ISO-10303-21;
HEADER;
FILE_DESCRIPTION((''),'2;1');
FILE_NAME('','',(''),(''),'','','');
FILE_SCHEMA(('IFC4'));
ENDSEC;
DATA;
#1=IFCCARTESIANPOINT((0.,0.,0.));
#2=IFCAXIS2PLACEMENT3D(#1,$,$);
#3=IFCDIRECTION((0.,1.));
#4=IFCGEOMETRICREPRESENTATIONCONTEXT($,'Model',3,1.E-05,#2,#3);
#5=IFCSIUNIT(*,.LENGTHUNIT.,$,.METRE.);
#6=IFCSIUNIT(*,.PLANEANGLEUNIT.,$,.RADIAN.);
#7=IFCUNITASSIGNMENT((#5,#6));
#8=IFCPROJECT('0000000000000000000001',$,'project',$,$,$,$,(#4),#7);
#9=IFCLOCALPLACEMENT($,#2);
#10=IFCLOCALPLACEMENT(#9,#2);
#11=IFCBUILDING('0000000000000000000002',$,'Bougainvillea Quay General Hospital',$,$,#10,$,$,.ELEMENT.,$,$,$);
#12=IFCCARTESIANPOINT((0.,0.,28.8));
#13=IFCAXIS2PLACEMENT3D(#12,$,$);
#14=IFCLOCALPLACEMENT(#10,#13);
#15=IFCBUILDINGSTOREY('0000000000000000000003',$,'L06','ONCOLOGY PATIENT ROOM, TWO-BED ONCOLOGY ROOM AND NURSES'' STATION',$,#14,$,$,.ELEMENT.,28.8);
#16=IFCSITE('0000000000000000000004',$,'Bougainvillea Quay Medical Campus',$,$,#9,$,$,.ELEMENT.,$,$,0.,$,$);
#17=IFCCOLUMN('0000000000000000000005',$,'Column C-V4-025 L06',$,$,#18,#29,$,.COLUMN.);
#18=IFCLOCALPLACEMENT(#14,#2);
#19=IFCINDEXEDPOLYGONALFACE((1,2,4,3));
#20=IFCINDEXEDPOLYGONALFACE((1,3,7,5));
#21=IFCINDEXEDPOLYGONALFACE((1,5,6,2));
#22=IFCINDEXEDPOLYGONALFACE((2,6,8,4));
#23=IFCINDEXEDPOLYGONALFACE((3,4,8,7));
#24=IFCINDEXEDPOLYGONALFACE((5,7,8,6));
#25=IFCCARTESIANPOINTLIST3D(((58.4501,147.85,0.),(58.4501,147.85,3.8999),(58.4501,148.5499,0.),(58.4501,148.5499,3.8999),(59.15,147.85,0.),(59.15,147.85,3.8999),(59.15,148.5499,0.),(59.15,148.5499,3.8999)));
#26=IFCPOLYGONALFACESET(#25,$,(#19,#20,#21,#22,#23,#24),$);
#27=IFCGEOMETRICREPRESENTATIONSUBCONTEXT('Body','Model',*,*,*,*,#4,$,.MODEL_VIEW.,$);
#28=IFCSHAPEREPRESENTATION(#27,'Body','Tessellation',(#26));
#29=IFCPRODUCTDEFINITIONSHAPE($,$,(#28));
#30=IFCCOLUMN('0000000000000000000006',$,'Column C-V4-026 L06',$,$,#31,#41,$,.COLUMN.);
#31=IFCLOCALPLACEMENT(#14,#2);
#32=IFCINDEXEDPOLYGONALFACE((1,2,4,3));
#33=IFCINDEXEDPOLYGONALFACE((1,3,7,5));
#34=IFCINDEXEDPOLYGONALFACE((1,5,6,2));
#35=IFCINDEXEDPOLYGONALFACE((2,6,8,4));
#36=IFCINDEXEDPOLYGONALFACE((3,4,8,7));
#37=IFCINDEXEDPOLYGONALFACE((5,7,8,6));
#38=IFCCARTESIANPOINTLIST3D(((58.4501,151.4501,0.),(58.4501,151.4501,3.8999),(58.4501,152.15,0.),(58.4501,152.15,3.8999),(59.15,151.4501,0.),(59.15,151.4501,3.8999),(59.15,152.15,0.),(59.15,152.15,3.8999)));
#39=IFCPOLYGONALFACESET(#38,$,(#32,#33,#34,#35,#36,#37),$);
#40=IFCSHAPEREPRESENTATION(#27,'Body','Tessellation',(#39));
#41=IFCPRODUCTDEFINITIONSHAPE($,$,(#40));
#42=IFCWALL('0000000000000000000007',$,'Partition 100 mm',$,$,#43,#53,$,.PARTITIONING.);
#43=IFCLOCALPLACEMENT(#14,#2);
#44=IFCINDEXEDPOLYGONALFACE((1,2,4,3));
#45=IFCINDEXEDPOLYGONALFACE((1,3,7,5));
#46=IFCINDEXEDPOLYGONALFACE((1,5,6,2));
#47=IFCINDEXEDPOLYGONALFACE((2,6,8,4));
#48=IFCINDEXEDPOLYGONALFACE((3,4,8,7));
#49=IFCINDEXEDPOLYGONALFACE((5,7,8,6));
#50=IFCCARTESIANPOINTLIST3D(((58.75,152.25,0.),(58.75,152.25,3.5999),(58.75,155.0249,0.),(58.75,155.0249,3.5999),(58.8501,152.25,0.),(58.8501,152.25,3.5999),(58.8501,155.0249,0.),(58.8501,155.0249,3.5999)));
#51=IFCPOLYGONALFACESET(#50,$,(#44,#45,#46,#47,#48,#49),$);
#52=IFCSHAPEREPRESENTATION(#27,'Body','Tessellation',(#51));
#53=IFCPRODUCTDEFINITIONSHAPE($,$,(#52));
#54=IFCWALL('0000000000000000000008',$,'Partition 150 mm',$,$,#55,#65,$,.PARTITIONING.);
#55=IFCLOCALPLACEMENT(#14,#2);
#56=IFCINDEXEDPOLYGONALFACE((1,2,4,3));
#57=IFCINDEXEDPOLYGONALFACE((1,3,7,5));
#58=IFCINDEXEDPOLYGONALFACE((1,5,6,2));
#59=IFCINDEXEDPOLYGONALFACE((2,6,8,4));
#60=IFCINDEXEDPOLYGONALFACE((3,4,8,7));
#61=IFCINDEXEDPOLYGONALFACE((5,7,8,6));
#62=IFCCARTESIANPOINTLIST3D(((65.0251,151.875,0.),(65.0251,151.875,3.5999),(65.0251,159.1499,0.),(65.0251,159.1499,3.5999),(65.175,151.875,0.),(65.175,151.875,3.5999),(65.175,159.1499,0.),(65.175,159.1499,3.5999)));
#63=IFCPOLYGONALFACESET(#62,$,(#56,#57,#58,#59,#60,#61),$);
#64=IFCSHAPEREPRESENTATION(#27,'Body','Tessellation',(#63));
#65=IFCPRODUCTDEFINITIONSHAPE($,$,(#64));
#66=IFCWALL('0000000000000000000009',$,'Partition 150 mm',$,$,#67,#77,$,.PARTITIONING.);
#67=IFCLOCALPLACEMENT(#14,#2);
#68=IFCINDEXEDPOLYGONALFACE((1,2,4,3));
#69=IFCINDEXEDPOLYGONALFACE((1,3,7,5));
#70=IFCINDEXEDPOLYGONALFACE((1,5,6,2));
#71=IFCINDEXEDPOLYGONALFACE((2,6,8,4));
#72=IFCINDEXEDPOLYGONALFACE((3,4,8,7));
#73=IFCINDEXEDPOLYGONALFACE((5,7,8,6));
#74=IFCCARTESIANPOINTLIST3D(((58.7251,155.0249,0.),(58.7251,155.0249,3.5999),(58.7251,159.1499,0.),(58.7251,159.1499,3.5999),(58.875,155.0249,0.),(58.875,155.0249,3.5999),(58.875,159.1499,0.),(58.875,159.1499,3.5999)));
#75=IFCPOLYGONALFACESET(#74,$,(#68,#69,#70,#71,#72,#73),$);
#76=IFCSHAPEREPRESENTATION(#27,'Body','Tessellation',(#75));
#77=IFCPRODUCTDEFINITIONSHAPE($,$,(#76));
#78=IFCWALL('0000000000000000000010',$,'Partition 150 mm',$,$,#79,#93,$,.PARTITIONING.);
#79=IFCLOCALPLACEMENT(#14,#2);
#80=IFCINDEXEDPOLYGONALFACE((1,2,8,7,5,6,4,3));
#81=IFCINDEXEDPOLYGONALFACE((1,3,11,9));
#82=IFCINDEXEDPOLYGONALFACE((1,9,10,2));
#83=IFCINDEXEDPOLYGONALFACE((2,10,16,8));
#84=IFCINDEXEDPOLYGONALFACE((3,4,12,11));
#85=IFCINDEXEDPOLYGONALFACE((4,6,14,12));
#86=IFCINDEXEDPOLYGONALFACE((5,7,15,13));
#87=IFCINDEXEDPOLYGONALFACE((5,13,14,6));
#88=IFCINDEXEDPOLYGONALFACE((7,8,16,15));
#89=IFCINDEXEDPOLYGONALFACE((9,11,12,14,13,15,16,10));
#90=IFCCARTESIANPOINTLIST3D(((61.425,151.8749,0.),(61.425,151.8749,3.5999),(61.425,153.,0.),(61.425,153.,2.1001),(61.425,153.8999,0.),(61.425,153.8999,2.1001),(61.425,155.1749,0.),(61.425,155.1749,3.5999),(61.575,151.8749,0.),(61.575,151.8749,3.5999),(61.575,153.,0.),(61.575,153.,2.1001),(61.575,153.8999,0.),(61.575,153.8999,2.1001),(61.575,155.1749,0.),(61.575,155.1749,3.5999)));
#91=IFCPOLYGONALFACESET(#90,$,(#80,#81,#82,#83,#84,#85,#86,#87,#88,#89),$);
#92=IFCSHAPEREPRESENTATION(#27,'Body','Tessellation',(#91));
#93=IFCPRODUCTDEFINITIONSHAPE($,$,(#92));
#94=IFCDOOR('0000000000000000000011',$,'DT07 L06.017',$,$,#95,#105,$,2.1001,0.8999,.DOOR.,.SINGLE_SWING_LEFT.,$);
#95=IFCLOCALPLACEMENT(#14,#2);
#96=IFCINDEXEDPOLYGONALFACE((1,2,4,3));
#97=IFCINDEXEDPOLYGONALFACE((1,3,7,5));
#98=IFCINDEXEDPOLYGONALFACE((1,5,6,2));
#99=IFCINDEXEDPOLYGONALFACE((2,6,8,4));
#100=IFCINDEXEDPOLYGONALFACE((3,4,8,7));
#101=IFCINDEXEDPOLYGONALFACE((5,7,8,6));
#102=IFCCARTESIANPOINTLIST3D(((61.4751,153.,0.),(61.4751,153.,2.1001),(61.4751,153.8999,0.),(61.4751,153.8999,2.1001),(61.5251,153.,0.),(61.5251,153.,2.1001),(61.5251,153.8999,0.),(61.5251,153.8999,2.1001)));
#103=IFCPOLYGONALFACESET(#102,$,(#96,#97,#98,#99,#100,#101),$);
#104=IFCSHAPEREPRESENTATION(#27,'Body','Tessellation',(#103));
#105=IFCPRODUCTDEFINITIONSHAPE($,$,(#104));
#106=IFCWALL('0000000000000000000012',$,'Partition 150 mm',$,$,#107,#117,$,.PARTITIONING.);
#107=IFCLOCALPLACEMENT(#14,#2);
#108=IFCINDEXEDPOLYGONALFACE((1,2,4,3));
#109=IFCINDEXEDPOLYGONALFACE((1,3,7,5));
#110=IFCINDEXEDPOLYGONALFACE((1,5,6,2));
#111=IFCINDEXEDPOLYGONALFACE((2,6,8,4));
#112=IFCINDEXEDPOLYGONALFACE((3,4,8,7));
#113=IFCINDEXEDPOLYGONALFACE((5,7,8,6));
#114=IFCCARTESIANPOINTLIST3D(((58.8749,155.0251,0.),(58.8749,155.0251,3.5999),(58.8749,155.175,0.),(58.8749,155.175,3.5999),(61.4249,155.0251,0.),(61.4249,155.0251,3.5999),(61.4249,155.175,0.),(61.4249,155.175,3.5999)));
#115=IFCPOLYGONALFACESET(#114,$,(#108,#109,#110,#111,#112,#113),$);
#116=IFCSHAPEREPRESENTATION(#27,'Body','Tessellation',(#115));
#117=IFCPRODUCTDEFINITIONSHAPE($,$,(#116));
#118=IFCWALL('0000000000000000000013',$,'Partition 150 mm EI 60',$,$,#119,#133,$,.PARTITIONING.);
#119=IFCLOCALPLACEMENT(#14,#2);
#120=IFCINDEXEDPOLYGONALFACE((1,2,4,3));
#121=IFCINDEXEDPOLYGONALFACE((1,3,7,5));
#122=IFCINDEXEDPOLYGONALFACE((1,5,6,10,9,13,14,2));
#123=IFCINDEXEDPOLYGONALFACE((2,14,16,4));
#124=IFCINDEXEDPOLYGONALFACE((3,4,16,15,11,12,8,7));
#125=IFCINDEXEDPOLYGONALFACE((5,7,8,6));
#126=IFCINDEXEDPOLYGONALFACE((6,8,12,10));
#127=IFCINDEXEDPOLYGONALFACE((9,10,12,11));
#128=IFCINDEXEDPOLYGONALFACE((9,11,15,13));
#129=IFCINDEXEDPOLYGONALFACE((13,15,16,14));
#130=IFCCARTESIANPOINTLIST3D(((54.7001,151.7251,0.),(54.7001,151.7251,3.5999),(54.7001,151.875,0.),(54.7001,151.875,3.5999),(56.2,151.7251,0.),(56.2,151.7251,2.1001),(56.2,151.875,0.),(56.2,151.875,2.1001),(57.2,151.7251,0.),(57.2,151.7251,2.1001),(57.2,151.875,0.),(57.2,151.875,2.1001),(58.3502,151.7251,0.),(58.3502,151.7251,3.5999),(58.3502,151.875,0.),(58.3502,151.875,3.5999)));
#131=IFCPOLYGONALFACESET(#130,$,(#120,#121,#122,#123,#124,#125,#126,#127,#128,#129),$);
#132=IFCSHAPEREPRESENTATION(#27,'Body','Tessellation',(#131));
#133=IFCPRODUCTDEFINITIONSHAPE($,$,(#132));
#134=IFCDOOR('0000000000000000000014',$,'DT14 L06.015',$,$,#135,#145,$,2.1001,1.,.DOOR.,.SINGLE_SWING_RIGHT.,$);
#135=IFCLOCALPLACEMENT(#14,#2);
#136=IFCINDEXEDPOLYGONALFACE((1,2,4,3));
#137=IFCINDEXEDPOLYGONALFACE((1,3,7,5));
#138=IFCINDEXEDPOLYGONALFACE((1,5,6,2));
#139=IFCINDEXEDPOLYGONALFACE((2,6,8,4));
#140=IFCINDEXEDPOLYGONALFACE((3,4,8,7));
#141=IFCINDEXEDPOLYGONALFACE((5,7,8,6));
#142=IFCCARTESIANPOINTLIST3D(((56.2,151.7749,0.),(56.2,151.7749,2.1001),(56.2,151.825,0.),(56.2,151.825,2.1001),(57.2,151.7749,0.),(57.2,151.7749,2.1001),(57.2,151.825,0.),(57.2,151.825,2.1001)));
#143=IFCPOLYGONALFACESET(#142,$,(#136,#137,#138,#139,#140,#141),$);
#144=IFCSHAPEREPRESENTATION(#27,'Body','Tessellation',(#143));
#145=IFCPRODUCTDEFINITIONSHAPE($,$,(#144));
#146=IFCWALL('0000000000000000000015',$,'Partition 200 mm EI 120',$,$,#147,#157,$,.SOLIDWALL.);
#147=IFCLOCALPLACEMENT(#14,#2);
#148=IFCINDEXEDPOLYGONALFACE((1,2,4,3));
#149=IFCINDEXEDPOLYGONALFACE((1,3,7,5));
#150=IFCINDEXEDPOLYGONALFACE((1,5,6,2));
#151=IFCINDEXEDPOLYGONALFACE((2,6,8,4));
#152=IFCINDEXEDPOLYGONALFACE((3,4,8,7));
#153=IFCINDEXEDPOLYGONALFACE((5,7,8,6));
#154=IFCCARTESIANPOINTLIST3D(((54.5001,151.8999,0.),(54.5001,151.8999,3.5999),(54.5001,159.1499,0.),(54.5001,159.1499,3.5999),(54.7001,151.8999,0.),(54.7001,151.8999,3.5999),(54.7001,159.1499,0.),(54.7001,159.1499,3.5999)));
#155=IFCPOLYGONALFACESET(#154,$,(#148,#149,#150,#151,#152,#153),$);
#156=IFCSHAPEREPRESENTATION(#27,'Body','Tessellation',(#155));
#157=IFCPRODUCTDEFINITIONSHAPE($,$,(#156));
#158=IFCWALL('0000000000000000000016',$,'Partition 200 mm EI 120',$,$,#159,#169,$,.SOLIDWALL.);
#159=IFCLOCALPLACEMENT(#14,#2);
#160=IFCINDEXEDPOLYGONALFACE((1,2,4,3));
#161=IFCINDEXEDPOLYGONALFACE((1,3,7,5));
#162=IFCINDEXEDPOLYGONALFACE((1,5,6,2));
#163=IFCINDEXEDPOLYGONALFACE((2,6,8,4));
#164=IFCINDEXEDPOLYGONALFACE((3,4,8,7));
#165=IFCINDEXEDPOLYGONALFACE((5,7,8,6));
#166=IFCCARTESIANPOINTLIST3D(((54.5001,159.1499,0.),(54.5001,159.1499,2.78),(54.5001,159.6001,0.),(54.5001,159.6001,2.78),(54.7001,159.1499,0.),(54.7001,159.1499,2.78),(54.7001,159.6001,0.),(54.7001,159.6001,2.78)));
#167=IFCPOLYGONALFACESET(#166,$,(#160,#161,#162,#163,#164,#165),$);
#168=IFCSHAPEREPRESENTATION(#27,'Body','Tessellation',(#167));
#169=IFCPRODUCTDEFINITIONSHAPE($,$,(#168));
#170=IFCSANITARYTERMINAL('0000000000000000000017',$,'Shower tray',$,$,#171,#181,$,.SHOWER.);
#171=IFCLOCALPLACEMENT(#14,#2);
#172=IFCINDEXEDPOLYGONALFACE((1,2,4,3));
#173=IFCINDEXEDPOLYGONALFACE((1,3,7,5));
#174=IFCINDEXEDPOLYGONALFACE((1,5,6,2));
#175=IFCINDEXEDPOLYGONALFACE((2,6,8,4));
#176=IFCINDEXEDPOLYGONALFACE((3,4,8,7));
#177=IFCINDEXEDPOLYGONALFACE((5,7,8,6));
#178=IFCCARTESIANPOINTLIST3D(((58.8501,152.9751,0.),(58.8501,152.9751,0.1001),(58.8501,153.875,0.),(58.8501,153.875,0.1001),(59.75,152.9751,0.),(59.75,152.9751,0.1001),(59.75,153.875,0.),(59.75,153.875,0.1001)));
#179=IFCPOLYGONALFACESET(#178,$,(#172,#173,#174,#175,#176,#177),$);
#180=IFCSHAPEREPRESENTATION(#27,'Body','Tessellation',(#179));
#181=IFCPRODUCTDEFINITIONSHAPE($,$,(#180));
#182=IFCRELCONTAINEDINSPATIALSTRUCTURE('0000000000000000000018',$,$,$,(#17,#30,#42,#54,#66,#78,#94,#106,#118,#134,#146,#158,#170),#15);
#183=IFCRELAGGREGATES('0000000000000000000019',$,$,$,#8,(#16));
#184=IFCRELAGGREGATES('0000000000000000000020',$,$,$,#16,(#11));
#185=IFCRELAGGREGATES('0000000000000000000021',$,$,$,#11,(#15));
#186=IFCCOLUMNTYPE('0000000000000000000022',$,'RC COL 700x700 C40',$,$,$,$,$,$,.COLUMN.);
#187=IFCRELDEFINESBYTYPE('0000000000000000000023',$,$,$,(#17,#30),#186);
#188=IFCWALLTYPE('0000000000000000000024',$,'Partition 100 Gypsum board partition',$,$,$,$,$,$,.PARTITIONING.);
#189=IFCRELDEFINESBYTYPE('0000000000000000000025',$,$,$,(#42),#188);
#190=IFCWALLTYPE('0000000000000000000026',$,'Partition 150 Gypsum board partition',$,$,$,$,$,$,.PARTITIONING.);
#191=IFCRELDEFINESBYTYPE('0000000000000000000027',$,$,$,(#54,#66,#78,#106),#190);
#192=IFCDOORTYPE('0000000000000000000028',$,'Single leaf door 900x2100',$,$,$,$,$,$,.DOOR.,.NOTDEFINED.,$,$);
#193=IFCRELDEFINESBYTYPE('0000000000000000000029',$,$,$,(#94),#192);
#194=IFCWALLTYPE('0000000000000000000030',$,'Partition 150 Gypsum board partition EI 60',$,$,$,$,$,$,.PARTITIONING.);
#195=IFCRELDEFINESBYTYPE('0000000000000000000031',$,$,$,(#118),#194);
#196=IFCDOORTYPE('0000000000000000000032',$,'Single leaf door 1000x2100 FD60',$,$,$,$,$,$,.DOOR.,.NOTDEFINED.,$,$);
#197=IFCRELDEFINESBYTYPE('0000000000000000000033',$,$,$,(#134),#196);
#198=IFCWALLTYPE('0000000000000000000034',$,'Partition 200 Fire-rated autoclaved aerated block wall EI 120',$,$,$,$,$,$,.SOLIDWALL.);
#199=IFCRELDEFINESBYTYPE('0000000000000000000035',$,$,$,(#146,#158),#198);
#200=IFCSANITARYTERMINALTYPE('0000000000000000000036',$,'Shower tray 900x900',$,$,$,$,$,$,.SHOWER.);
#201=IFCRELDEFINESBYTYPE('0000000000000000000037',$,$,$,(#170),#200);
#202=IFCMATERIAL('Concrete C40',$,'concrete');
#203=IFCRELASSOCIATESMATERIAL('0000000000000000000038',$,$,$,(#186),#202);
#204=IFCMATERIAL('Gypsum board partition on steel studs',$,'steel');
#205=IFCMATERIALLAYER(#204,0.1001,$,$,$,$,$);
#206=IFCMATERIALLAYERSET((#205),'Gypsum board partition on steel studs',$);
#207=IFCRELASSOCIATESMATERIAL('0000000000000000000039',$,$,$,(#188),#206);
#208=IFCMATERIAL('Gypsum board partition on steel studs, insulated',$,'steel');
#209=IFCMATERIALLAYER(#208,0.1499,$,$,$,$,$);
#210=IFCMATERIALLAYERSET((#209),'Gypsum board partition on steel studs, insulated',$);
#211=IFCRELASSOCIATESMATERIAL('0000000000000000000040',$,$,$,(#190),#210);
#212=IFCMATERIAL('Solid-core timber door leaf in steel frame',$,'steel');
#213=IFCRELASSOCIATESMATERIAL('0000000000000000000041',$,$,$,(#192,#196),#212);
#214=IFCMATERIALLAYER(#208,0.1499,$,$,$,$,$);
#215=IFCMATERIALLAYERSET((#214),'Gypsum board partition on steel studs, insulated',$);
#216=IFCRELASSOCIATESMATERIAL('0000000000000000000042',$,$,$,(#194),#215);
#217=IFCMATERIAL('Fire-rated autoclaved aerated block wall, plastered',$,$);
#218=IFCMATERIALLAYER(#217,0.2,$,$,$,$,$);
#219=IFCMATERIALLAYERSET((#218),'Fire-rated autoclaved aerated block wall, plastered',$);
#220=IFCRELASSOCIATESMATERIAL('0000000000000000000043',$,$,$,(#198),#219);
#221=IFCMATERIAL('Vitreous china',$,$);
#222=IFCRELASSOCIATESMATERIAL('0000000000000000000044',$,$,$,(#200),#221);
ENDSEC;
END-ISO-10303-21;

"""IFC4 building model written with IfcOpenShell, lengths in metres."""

from ifc_helpers import new_model, si_unit, direction, frame, frame_2d, origin, origin_2d, place, context, subcontext, project, spatial, rectangle, extrude, material, layer, layer_set, material_profile, profile_set, type_object, element, fill, save


model = new_model("IFC4")

# Units and contexts
model_context = context("Model", 3, precision=1e-05, world=origin(), true_north=direction((0.0, 1.0)))
body_context = subcontext(model_context, "Body", "Model", "MODEL_VIEW")
ifc_project = project(units=[si_unit("LENGTHUNIT", "METRE"), si_unit("PLANEANGLEUNIT", "RADIAN")], contexts=[model_context])

# Site, building, storey
site_placement = place(None, origin())
site = spatial("IfcSite", under=ifc_project, at=site_placement, Name="Bougainvillea Quay Medical Campus", CompositionType="ELEMENT", RefElevation=0.0)
building_placement = place(site_placement, origin())
building = spatial("IfcBuilding", under=site, at=building_placement, Name="Bougainvillea Quay General Hospital", CompositionType="ELEMENT")
storey_placement = place(building_placement, frame((0.0, 0.0, 28.8)))
storey = spatial("IfcBuildingStorey", under=building, at=storey_placement, Name="L06", Description="ONCOLOGY PATIENT ROOM, TWO-BED ONCOLOGY ROOM AND NURSES' STATION", CompositionType="ELEMENT", Elevation=28.8)

# Columns
ifc_material_1 = material(Name="Concrete C40", Category="concrete")
ifc_material_profile = material_profile(ifc_material_1, rectangle(XDim=0.7, YDim=0.7, at=origin_2d()))
ifc_profile_set = profile_set([ifc_material_profile], Name="Concrete C40")
column_type = type_object("IfcColumnType", Name="RC COL 700x700 C40", PredefinedType="COLUMN", material=ifc_profile_set)
for number, where, z_axis, x_axis, name in (
    (1, (58.8, 148.2, 0.0), (0.0, 0.0, 1.0), (1.0, 0.0, 0.0), "Column C-V4-025 L06"),
    (2, (58.8, 151.8, 0.0), (0.0, 0.0, 1.0), (1.0, 0.0, 0.0), "Column C-V4-026 L06"),
):
    element("IfcColumn", number, at=place(storey_placement, frame(where, z_axis=z_axis, x_axis=x_axis)), inside=storey, type_object=column_type, Name=name, PredefinedType="COLUMN", context=body_context, shape_type="SweptSolid", body=[
        extrude(rectangle(XDim=0.7, YDim=0.7, at=origin_2d()), origin(), (0.0, 0.0, 1.0), 3.8999),
    ])

# Walls
ifc_material_2 = material(Name="Gypsum board partition on steel studs", Category="steel")
ifc_layer_1 = layer(ifc_material_2, 0.1001)
ifc_layer_set_1 = layer_set([ifc_layer_1], Name="Gypsum board partition on steel studs")
wall_type_1 = type_object("IfcWallType", Name="Partition 100 Gypsum board partition", PredefinedType="PARTITIONING", material=ifc_layer_set_1)
wall_1_placement = place(storey_placement, frame((58.8, 152.25, 0.0), z_axis=(0.0, 0.0, 1.0), x_axis=(0.0, 1.0, 0.0)))
element("IfcWall", 3, at=wall_1_placement, inside=storey, type_object=wall_type_1, Name="Partition 100 mm", PredefinedType="PARTITIONING", context=body_context, shape_type="SweptSolid", body=[
    extrude(rectangle(XDim=2.7749, YDim=0.1001, at=frame_2d((1.3875, 0.0))), origin(), (0.0, 0.0, 1.0), 3.5999),
])
ifc_material_3 = material(Name="Gypsum board partition on steel studs, insulated", Category="steel")
ifc_layer_2 = layer(ifc_material_3, 0.1499)
ifc_layer_set_2 = layer_set([ifc_layer_2], Name="Gypsum board partition on steel studs, insulated")
wall_type_2 = type_object("IfcWallType", Name="Partition 150 Gypsum board partition", PredefinedType="PARTITIONING", material=ifc_layer_set_2)
wall_2_placement = place(storey_placement, frame((65.1001, 159.1499, 0.0), z_axis=(0.0, 0.0, 1.0), x_axis=(0.0, -1.0, 0.0)))
element("IfcWall", 4, at=wall_2_placement, inside=storey, type_object=wall_type_2, Name="Partition 150 mm", PredefinedType="PARTITIONING", context=body_context, shape_type="SweptSolid", body=[
    extrude(rectangle(XDim=7.2749, YDim=0.1499, at=frame_2d((3.6375, 0.0))), origin(), (0.0, 0.0, 1.0), 3.5999),
])
wall_3_placement = place(storey_placement, frame((58.8, 155.0249, 0.0), z_axis=(0.0, 0.0, 1.0), x_axis=(0.0, 1.0, 0.0)))
element("IfcWall", 5, at=wall_3_placement, inside=storey, type_object=wall_type_2, Name="Partition 150 mm", PredefinedType="PARTITIONING", context=body_context, shape_type="SweptSolid", body=[
    extrude(rectangle(XDim=4.125, YDim=0.1499, at=frame_2d((2.0625, 0.0))), origin(), (0.0, 0.0, 1.0), 3.5999),
])

# Wall, opening, door
wall_4_placement = place(storey_placement, frame((61.5, 151.875, 0.0), z_axis=(0.0, 0.0, 1.0), x_axis=(0.0, 1.0, 0.0)))
wall_4 = element("IfcWall", 6, at=wall_4_placement, inside=storey, type_object=wall_type_2, Name="Partition 150 mm", PredefinedType="PARTITIONING", context=body_context, shape_type="SweptSolid", body=[
    extrude(rectangle(XDim=3.3, YDim=0.1499, at=frame_2d((1.6499, 0.0))), origin(), (0.0, 0.0, 1.0), 3.5999),
])
opening_1_placement = place(wall_4_placement, frame((1.125, 0.0, 0.0)))
opening_1 = element("IfcOpeningElement", 7, at=opening_1_placement, cuts=wall_4, PredefinedType="OPENING", context=body_context, shape_type="SweptSolid", body=[
    extrude(rectangle(XDim=0.8999, YDim=2.1001, at=frame_2d((0.45, 1.05))), frame((0.0, 0.085, 0.0), z_axis=(0.0, -1.0, 0.0), x_axis=(1.0, 0.0, 0.0)), (0.0, 0.0, 1.0), 0.1699),
])
ifc_material_4 = material(Name="Solid-core timber door leaf in steel frame", Category="steel")
door_type_1 = type_object("IfcDoorType", Name="Single leaf door 900x2100", OperationType="NOTDEFINED", PredefinedType="DOOR", material=ifc_material_4)
door_1_placement = place(opening_1_placement, origin())
door_1 = element("IfcDoor", 8, at=door_1_placement, inside=storey, type_object=door_type_1, Name="DT07 L06.017", OperationType="SINGLE_SWING_LEFT", OverallHeight=2.1001, OverallWidth=0.8999, PredefinedType="DOOR", context=body_context, shape_type="SweptSolid", body=[
    extrude(rectangle(XDim=0.8999, YDim=2.1001, at=frame_2d((0.45, 1.05))), frame((0.0, 0.0249, 0.0), z_axis=(0.0, -1.0, 0.0), x_axis=(1.0, 0.0, 0.0)), (0.0, 0.0, 1.0), 0.05),
])
fill(opening_1, door_1)

# Wall
wall_5_placement = place(storey_placement, frame((58.875, 155.1001, 0.0), z_axis=(0.0, 0.0, 1.0), x_axis=(1.0, 0.0, 0.0)))
element("IfcWall", 9, at=wall_5_placement, inside=storey, type_object=wall_type_2, Name="Partition 150 mm", PredefinedType="PARTITIONING", context=body_context, shape_type="SweptSolid", body=[
    extrude(rectangle(XDim=2.55, YDim=0.1499, at=frame_2d((1.2749, 0.0))), origin(), (0.0, 0.0, 1.0), 3.5999),
])

# Wall, opening, door
ifc_layer_3 = layer(ifc_material_3, 0.1499)
ifc_layer_set_3 = layer_set([ifc_layer_3], Name="Gypsum board partition on steel studs, insulated")
wall_type_3 = type_object("IfcWallType", Name="Partition 150 Gypsum board partition EI 60", PredefinedType="PARTITIONING", material=ifc_layer_set_3)
wall_6_placement = place(storey_placement, frame((54.7, 151.8, 0.0), z_axis=(0.0, 0.0, 1.0), x_axis=(1.0, 0.0, 0.0)))
wall_6 = element("IfcWall", 10, at=wall_6_placement, inside=storey, type_object=wall_type_3, Name="Partition 150 mm EI 60", PredefinedType="PARTITIONING", context=body_context, shape_type="SweptSolid", body=[
    extrude(rectangle(XDim=3.6501, YDim=0.1499, at=frame_2d((1.8252, 0.0))), origin(), (0.0, 0.0, 1.0), 3.5999),
])
opening_2_placement = place(wall_6_placement, frame((1.5, 0.0, 0.0)))
opening_2 = element("IfcOpeningElement", 11, at=opening_2_placement, cuts=wall_6, PredefinedType="OPENING", context=body_context, shape_type="SweptSolid", body=[
    extrude(rectangle(XDim=1.0, YDim=2.1001, at=frame_2d((0.5, 1.05))), frame((0.0, 0.085, 0.0), z_axis=(0.0, -1.0, 0.0), x_axis=(1.0, 0.0, 0.0)), (0.0, 0.0, 1.0), 0.1699),
])
door_type_2 = type_object("IfcDoorType", Name="Single leaf door 1000x2100 FD60", OperationType="NOTDEFINED", PredefinedType="DOOR", material=ifc_material_4)
door_2_placement = place(opening_2_placement, origin())
door_2 = element("IfcDoor", 12, at=door_2_placement, inside=storey, type_object=door_type_2, Name="DT14 L06.015", OperationType="SINGLE_SWING_RIGHT", OverallHeight=2.1001, OverallWidth=1.0, PredefinedType="DOOR", context=body_context, shape_type="SweptSolid", body=[
    extrude(rectangle(XDim=1.0, YDim=2.1001, at=frame_2d((0.5, 1.05))), frame((0.0, 0.0249, 0.0), z_axis=(0.0, -1.0, 0.0), x_axis=(1.0, 0.0, 0.0)), (0.0, 0.0, 1.0), 0.05),
])
fill(opening_2, door_2)

# Walls
ifc_material_5 = material(Name="Fire-rated autoclaved aerated block wall, plastered")
ifc_layer_4 = layer(ifc_material_5, 0.2)
ifc_layer_set_4 = layer_set([ifc_layer_4], Name="Fire-rated autoclaved aerated block wall, plastered")
wall_type_4 = type_object("IfcWallType", Name="Partition 200 Fire-rated autoclaved aerated block wall EI 120", PredefinedType="SOLIDWALL", material=ifc_layer_set_4)
wall_7_placement = place(storey_placement, frame((54.6001, 151.8999, 0.0), z_axis=(0.0, 0.0, 1.0), x_axis=(0.0, 1.0, 0.0)))
element("IfcWall", 13, at=wall_7_placement, inside=storey, type_object=wall_type_4, Name="Partition 200 mm EI 120", PredefinedType="SOLIDWALL", context=body_context, shape_type="SweptSolid", body=[
    extrude(rectangle(XDim=7.25, YDim=0.2, at=frame_2d((3.625, 0.0))), origin(), (0.0, 0.0, 1.0), 3.5999),
])
wall_8_placement = place(storey_placement, frame((54.6001, 159.1499, 0.0), z_axis=(0.0, 0.0, 1.0), x_axis=(0.0, 1.0, 0.0)))
element("IfcWall", 14, at=wall_8_placement, inside=storey, type_object=wall_type_4, Name="Partition 200 mm EI 120", PredefinedType="SOLIDWALL", context=body_context, shape_type="SweptSolid", body=[
    extrude(rectangle(XDim=0.4502, YDim=0.2, at=frame_2d((0.2251, 0.0))), origin(), (0.0, 0.0, 1.0), 2.78),
])

# Sanitary terminal
ifc_material_6 = material(Name="Vitreous china")
sanitary_terminal_type_1 = type_object("IfcSanitaryTerminalType", Name="Shower tray 900x900", PredefinedType="SHOWER", material=ifc_material_6)
sanitary_terminal_1_placement = place(storey_placement, frame((59.3, 153.425, 0.0), z_axis=(0.0, 0.0, 1.0), x_axis=(0.0, 1.0, 0.0)))
element("IfcSanitaryTerminal", 15, at=sanitary_terminal_1_placement, inside=storey, type_object=sanitary_terminal_type_1, Name="Shower tray", PredefinedType="SHOWER", context=body_context, shape_type="SweptSolid", body=[
    extrude(rectangle(XDim=0.8999, YDim=0.8999, at=origin_2d()), origin(), (0.0, 0.0, 1.0), 0.1001),
])

save(model, "model.ifc")
